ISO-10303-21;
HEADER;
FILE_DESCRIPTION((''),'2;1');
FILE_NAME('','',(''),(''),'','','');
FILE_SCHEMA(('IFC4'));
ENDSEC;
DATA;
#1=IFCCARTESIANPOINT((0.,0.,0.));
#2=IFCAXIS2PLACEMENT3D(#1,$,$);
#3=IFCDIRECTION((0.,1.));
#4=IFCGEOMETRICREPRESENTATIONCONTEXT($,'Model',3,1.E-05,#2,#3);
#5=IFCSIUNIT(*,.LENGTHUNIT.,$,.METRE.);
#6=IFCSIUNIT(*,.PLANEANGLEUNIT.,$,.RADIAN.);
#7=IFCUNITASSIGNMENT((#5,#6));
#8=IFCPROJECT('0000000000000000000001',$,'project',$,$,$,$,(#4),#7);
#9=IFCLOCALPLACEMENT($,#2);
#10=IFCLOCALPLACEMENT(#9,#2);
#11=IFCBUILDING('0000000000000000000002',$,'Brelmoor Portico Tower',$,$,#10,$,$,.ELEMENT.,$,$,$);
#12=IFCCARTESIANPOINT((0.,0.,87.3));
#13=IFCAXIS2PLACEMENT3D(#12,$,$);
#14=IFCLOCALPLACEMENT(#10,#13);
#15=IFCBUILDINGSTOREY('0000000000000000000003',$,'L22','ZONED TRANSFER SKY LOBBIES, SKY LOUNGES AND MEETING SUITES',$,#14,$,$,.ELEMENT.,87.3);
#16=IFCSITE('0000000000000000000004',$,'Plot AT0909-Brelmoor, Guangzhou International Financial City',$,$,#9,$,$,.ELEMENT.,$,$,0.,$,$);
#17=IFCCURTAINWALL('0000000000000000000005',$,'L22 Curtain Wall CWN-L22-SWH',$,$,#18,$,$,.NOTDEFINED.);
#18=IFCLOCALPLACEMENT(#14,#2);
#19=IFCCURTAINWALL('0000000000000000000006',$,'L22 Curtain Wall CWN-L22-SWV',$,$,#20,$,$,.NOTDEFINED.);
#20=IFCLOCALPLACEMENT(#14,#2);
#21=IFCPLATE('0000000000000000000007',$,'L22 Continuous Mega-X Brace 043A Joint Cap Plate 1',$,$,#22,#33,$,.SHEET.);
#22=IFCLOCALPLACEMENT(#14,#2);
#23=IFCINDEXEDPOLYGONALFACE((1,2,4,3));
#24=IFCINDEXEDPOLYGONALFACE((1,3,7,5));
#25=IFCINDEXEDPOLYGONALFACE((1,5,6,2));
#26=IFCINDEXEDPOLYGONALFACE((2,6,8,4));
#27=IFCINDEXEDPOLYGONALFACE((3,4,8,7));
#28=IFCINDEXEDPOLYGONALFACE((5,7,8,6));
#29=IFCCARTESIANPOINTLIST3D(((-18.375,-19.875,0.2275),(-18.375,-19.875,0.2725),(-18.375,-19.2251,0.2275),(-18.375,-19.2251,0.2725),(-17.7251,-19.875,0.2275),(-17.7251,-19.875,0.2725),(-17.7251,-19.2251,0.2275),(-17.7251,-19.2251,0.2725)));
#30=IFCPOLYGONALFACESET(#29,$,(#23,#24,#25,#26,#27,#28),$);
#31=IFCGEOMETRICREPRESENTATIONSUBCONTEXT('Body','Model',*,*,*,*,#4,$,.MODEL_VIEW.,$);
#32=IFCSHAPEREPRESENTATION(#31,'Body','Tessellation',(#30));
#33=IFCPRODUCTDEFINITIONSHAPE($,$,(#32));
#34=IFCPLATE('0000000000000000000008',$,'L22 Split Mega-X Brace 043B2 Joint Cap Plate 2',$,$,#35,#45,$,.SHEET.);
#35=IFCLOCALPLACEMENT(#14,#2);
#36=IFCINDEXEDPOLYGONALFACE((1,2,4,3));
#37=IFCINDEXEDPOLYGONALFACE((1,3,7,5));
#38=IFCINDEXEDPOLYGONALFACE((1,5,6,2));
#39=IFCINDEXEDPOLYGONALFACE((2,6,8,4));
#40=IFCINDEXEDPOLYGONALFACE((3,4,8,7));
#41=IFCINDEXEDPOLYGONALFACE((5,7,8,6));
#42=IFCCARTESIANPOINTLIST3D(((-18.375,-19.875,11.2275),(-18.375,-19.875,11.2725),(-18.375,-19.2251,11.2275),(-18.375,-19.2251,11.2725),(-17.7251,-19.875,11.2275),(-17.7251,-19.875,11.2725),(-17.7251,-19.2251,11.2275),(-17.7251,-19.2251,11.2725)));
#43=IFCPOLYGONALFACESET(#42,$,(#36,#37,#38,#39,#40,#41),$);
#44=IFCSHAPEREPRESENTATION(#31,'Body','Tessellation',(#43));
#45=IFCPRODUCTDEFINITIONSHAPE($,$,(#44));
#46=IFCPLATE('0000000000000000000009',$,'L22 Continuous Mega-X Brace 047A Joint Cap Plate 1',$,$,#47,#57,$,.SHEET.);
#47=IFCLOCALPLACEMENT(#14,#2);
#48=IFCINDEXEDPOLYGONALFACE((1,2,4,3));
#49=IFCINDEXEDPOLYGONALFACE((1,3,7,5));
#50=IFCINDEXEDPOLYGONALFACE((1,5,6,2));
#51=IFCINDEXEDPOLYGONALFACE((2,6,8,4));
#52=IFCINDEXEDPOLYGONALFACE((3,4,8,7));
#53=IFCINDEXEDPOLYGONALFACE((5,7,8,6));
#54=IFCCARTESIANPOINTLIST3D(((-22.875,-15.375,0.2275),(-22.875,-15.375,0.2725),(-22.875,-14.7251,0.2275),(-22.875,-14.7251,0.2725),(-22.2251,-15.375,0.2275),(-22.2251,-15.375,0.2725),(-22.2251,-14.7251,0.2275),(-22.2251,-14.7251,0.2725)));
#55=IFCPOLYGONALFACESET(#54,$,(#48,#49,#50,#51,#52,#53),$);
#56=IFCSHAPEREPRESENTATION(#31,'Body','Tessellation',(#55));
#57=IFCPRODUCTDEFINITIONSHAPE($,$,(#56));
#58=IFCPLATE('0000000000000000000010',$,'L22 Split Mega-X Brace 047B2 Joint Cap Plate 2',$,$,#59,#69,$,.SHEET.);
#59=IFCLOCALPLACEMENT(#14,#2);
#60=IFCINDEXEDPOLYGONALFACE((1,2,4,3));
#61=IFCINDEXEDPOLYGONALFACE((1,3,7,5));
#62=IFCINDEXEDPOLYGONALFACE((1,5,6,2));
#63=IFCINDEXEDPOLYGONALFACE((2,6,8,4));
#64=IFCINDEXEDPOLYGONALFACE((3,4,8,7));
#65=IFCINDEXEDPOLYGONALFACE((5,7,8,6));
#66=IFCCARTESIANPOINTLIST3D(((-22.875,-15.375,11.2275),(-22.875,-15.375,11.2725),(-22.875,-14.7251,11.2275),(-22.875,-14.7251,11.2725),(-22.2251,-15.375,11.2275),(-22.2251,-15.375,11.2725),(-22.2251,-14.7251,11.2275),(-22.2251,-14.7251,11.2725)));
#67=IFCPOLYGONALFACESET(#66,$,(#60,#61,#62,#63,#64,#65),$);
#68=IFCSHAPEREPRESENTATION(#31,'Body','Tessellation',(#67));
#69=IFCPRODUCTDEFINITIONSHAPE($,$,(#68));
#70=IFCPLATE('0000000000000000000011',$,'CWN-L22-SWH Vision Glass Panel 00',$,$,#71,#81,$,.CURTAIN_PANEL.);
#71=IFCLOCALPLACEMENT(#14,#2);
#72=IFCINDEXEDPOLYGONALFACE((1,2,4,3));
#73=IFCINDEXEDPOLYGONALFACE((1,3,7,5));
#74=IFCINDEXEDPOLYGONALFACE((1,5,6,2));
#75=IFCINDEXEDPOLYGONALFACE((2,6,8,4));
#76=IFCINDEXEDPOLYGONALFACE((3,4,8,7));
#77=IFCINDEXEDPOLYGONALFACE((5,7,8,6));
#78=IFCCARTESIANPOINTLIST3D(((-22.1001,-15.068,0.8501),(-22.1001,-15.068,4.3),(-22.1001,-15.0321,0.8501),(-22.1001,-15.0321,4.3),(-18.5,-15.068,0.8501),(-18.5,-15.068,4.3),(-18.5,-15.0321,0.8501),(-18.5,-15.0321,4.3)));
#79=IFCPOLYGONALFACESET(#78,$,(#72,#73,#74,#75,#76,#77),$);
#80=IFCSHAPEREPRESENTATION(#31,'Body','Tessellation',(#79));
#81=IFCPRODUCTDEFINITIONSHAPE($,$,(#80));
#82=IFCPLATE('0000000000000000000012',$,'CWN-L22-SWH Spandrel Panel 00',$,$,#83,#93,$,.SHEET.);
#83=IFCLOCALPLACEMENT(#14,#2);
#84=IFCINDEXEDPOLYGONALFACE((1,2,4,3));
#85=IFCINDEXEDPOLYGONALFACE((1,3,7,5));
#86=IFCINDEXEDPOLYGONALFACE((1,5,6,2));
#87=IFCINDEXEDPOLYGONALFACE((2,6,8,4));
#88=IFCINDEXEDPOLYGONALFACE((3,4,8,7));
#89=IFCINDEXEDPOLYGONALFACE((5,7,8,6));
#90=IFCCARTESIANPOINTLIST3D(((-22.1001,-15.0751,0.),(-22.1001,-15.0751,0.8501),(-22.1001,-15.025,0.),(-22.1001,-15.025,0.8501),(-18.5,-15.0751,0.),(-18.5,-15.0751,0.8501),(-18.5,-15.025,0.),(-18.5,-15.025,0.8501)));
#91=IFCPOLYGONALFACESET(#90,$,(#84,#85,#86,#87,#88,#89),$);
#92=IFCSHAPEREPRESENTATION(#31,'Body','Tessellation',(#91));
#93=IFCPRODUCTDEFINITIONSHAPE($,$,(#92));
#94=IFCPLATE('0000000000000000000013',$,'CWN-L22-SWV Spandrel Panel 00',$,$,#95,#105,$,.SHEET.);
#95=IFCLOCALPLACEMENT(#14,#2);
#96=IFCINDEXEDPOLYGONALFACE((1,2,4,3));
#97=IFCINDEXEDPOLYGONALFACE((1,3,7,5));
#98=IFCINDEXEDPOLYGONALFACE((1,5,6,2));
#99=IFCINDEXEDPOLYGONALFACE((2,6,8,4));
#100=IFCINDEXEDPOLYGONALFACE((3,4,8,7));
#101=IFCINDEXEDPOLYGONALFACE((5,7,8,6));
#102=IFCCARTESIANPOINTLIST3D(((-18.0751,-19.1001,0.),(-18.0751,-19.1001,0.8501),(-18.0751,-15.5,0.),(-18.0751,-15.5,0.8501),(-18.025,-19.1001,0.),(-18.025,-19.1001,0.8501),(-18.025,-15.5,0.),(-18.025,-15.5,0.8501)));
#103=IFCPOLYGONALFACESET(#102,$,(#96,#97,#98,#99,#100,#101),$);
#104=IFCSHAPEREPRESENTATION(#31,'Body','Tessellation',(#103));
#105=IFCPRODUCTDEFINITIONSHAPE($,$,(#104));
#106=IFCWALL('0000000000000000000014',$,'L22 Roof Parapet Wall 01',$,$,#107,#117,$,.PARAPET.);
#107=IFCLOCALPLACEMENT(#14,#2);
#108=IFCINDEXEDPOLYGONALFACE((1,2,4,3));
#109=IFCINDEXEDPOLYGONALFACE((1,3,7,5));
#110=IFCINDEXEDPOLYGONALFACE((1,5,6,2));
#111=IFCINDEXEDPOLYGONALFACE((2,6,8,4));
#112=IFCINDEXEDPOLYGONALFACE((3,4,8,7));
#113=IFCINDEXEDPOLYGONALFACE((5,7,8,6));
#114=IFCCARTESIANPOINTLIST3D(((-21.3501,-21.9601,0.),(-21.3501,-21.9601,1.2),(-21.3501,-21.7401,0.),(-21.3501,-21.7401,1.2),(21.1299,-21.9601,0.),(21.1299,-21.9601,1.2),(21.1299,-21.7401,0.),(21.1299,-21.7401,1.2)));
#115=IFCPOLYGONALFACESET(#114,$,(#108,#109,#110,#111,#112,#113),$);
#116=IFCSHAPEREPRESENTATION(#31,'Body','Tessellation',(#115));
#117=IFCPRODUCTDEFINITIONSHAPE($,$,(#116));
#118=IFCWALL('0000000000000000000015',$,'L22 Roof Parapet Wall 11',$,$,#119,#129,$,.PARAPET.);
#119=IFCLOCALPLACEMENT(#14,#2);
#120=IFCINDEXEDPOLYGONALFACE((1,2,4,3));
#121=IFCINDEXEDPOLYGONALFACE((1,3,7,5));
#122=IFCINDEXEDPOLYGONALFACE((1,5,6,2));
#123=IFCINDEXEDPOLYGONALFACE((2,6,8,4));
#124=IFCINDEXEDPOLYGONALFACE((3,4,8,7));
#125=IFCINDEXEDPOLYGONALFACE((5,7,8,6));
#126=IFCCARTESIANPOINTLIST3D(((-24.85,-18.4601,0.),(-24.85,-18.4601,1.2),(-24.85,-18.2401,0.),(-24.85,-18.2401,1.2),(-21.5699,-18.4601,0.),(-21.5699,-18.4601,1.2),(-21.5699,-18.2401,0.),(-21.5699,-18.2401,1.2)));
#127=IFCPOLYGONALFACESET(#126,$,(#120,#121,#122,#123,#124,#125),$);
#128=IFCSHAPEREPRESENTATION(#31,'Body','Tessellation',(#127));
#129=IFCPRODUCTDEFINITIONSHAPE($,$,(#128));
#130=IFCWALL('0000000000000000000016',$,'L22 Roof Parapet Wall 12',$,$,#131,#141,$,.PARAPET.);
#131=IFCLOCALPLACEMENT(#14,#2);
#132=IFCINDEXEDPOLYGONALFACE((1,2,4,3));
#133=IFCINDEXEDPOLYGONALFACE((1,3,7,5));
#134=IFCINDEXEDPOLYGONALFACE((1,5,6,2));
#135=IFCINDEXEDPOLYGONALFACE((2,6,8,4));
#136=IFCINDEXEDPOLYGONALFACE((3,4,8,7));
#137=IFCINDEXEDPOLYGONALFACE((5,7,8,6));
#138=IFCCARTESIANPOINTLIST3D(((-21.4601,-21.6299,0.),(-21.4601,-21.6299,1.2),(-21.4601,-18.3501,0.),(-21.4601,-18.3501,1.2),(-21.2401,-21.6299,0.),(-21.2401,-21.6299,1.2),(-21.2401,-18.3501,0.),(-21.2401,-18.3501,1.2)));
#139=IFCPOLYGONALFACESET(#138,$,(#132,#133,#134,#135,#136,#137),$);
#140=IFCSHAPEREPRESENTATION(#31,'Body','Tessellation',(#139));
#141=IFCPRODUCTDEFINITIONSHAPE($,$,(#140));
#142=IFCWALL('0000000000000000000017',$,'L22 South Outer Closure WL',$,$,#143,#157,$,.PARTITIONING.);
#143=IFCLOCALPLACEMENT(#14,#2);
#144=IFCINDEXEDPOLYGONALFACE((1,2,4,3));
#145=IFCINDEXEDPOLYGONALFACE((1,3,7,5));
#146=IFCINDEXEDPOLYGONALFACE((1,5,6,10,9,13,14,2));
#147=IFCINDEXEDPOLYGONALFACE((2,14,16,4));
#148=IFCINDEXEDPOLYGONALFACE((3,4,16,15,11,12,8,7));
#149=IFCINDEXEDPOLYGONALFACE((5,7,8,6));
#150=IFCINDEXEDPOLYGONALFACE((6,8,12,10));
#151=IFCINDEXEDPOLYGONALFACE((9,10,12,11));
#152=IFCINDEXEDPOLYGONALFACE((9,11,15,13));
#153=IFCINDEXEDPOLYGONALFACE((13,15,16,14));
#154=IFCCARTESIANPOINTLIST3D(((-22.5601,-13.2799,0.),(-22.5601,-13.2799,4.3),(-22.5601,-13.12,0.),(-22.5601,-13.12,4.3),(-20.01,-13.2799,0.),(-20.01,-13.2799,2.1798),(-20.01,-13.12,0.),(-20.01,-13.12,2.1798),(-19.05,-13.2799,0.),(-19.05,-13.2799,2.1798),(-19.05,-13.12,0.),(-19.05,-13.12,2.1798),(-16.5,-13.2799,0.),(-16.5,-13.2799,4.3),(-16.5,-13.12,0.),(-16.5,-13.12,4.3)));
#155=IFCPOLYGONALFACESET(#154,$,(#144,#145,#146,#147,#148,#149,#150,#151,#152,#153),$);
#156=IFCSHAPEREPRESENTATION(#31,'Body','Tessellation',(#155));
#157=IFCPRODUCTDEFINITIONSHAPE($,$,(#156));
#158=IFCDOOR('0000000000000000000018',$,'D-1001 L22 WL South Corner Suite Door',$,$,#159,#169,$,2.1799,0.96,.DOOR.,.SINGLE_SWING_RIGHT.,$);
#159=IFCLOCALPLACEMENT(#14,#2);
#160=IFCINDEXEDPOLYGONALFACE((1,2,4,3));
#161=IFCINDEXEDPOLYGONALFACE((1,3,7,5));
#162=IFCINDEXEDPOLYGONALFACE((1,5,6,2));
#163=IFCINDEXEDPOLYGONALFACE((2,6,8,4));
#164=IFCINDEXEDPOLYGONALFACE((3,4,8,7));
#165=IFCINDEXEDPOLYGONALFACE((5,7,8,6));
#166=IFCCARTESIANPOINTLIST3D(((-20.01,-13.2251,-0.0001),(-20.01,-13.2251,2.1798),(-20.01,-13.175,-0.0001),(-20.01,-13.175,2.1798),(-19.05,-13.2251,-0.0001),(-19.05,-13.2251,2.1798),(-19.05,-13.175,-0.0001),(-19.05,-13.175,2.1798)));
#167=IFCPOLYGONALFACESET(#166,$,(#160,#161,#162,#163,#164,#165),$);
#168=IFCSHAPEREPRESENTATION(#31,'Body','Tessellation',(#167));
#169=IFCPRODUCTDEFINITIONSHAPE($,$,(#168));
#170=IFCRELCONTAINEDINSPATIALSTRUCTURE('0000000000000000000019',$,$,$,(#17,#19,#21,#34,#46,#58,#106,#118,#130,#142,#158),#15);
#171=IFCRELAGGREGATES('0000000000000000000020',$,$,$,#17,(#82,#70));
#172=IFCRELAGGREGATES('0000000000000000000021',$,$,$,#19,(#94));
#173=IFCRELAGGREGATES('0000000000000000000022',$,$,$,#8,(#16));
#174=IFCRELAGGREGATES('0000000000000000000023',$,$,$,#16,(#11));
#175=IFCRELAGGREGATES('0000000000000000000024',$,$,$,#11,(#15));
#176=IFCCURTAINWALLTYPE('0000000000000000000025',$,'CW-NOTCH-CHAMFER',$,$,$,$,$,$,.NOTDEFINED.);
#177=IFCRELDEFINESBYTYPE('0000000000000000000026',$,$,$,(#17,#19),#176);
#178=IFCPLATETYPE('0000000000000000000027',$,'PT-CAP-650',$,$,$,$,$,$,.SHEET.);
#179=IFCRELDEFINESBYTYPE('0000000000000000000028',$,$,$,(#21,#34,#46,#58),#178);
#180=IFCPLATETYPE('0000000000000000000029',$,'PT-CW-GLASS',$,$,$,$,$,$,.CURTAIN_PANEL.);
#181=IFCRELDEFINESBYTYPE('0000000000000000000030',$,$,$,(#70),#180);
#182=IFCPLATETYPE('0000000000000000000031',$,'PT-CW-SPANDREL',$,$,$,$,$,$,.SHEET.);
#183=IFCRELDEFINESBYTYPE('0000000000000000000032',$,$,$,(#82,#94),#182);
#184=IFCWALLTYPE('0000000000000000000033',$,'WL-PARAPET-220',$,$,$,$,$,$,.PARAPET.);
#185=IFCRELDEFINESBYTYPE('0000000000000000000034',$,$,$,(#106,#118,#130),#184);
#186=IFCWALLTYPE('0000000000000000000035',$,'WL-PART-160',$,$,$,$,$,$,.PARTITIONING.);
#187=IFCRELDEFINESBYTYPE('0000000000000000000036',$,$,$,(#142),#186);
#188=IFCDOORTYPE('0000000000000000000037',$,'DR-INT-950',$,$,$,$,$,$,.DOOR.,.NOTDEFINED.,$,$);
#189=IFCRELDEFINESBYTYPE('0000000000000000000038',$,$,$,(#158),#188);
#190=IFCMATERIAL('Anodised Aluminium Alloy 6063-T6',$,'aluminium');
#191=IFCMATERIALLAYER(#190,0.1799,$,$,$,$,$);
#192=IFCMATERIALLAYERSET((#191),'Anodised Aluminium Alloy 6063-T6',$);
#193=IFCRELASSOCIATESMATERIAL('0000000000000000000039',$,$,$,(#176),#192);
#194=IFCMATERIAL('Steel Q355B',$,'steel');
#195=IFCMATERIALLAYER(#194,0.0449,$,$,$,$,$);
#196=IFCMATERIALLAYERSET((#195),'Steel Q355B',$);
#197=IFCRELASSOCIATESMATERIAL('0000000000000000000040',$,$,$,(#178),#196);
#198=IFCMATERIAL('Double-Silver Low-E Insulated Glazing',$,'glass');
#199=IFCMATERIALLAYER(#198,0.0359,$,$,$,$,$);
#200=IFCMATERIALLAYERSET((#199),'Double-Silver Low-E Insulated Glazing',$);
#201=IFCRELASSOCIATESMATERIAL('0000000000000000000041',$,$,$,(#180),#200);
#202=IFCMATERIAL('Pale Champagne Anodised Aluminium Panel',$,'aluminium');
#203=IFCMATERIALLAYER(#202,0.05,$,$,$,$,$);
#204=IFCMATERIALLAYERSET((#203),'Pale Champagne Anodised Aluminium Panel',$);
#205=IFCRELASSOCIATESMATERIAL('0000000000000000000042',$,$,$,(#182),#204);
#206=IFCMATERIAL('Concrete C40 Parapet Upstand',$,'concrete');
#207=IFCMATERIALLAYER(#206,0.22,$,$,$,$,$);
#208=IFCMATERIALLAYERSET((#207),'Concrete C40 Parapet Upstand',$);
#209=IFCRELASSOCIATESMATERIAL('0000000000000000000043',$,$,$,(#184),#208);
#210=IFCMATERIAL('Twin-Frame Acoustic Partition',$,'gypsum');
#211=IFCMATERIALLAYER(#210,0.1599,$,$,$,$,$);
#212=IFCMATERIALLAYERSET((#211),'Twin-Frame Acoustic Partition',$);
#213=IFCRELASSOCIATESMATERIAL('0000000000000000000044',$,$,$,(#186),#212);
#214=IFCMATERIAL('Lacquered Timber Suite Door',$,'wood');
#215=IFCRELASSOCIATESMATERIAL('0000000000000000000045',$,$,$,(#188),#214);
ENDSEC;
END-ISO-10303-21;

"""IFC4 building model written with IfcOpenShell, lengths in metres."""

from ifc_helpers import new_model, si_unit, direction, frame, frame_2d, origin, origin_2d, place, context, subcontext, project, spatial, rectangle, extrude, material, layer, layer_set, type_object, element, fill, aggregate, save


model = new_model("IFC4")

# Units and contexts
model_context = context("Model", 3, precision=1e-05, world=origin(), true_north=direction((0.0, 1.0)))
body_context = subcontext(model_context, "Body", "Model", "MODEL_VIEW")
ifc_project = project(units=[si_unit("LENGTHUNIT", "METRE"), si_unit("PLANEANGLEUNIT", "RADIAN")], contexts=[model_context])

# Site, building, storey
site_placement = place(None, origin())
site = spatial("IfcSite", under=ifc_project, at=site_placement, Name="Plot AT0909-Brelmoor, Guangzhou International Financial City", CompositionType="ELEMENT", RefElevation=0.0)
building_placement = place(site_placement, origin())
building = spatial("IfcBuilding", under=site, at=building_placement, Name="Brelmoor Portico Tower", CompositionType="ELEMENT")
storey_placement = place(building_placement, frame((0.0, 0.0, 87.3)))
storey = spatial("IfcBuildingStorey", under=building, at=storey_placement, Name="L22", Description="ZONED TRANSFER SKY LOBBIES, SKY LOUNGES AND MEETING SUITES", CompositionType="ELEMENT", Elevation=87.3)

# Shared definitions
ifc_material_1 = material(Name="Steel Q355B", Category="steel")

# Curtain wall
ifc_material_2 = material(Name="Anodised Aluminium Alloy 6063-T6", Category="aluminium")
ifc_layer_1 = layer(ifc_material_2, 0.1799)
ifc_layer_set_1 = layer_set([ifc_layer_1], Name="Anodised Aluminium Alloy 6063-T6")
curtain_wall_type_1 = type_object("IfcCurtainWallType", Name="CW-NOTCH-CHAMFER", PredefinedType="NOTDEFINED", material=ifc_layer_set_1)
curtain_wall_1_placement = place(storey_placement, origin())
curtain_wall_1 = element("IfcCurtainWall", 1, at=curtain_wall_1_placement, inside=storey, type_object=curtain_wall_type_1, Name="L22 Curtain Wall CWN-L22-SWH", PredefinedType="NOTDEFINED")

# Curtain wall
curtain_wall_2_placement = place(storey_placement, origin())
curtain_wall_2 = element("IfcCurtainWall", 2, at=curtain_wall_2_placement, inside=storey, type_object=curtain_wall_type_1, Name="L22 Curtain Wall CWN-L22-SWV", PredefinedType="NOTDEFINED")

# Plates
ifc_layer_2 = layer(ifc_material_1, 0.0449)
ifc_layer_set_2 = layer_set([ifc_layer_2], Name="Steel Q355B")
plate_type_1 = type_object("IfcPlateType", Name="PT-CAP-650", PredefinedType="SHEET", material=ifc_layer_set_2)
for number, where, z_axis, x_axis, name in (
    (3, (-18.05, -19.55, 0.2275), (0.0, 0.0, 1.0), (1.0, 0.0, 0.0), "L22 Continuous Mega-X Brace 043A Joint Cap Plate 1"),
    (4, (-18.05, -19.55, 11.2275), (0.0, 0.0, 1.0), (1.0, 0.0, 0.0), "L22 Split Mega-X Brace 043B2 Joint Cap Plate 2"),
    (5, (-22.55, -15.05, 0.2275), (0.0, 0.0, 1.0), (1.0, 0.0, 0.0), "L22 Continuous Mega-X Brace 047A Joint Cap Plate 1"),
    (6, (-22.55, -15.05, 11.2275), (0.0, 0.0, 1.0), (1.0, 0.0, 0.0), "L22 Split Mega-X Brace 047B2 Joint Cap Plate 2"),
):
    element("IfcPlate", number, at=place(storey_placement, frame(where, z_axis=z_axis, x_axis=x_axis)), inside=storey, type_object=plate_type_1, Name=name, PredefinedType="SHEET", context=body_context, shape_type="SweptSolid", body=[
        extrude(rectangle(XDim=0.6499, YDim=0.6499, at=origin_2d()), origin(), (0.0, 0.0, 1.0), 0.0449),
    ])

# Plates
ifc_material_3 = material(Name="Double-Silver Low-E Insulated Glazing", Category="glass")
ifc_layer_3 = layer(ifc_material_3, 0.0359)
ifc_layer_set_3 = layer_set([ifc_layer_3], Name="Double-Silver Low-E Insulated Glazing")
plate_type_2 = type_object("IfcPlateType", Name="PT-CW-GLASS", PredefinedType="CURTAIN_PANEL", material=ifc_layer_set_3)
plate_1_placement = place(storey_placement, frame((-20.3, -15.05, 0.8501), z_axis=(0.0, 0.0, 1.0), x_axis=(1.0, 0.0, 0.0)))
plate_1 = element("IfcPlate", 7, at=plate_1_placement, type_object=plate_type_2, Name="CWN-L22-SWH Vision Glass Panel 00", PredefinedType="CURTAIN_PANEL", context=body_context, shape_type="SweptSolid", body=[
    extrude(rectangle(XDim=3.6001, YDim=0.0359, at=origin_2d()), origin(), (0.0, 0.0, 1.0), 3.45),
])
ifc_material_4 = material(Name="Pale Champagne Anodised Aluminium Panel", Category="aluminium")
ifc_layer_4 = layer(ifc_material_4, 0.05)
ifc_layer_set_4 = layer_set([ifc_layer_4], Name="Pale Champagne Anodised Aluminium Panel")
plate_type_3 = type_object("IfcPlateType", Name="PT-CW-SPANDREL", PredefinedType="SHEET", material=ifc_layer_set_4)
plate_2_placement = place(storey_placement, frame((-20.3, -15.05, 0.0), z_axis=(0.0, 0.0, 1.0), x_axis=(1.0, 0.0, 0.0)))
plate_2 = element("IfcPlate", 8, at=plate_2_placement, type_object=plate_type_3, Name="CWN-L22-SWH Spandrel Panel 00", PredefinedType="SHEET", context=body_context, shape_type="SweptSolid", body=[
    extrude(rectangle(XDim=3.6001, YDim=0.05, at=origin_2d()), origin(), (0.0, 0.0, 1.0), 0.8501),
])
aggregate(curtain_wall_1, [plate_2, plate_1])
plate_3_placement = place(storey_placement, frame((-18.05, -17.3, 0.0), z_axis=(0.0, 0.0, 1.0), x_axis=(0.0, 1.0, 0.0)))
plate_3 = element("IfcPlate", 9, at=plate_3_placement, type_object=plate_type_3, Name="CWN-L22-SWV Spandrel Panel 00", PredefinedType="SHEET", context=body_context, shape_type="SweptSolid", body=[
    extrude(rectangle(XDim=3.6001, YDim=0.05, at=origin_2d()), origin(), (0.0, 0.0, 1.0), 0.8501),
])
aggregate(curtain_wall_2, [plate_3])

# Walls
ifc_material_5 = material(Name="Concrete C40 Parapet Upstand", Category="concrete")
ifc_layer_5 = layer(ifc_material_5, 0.22)
ifc_layer_set_5 = layer_set([ifc_layer_5], Name="Concrete C40 Parapet Upstand")
wall_type_1 = type_object("IfcWallType", Name="WL-PARAPET-220", PredefinedType="PARAPET", material=ifc_layer_set_5)
wall_1_placement = place(storey_placement, frame((-21.3501, -21.8501, 0.0), z_axis=(0.0, 0.0, 1.0), x_axis=(1.0, 0.0, 0.0)))
element("IfcWall", 10, at=wall_1_placement, inside=storey, type_object=wall_type_1, Name="L22 Roof Parapet Wall 01", PredefinedType="PARAPET", context=body_context, shape_type="SweptSolid", body=[
    extrude(rectangle(XDim=42.48, YDim=0.22, at=frame_2d((21.24, 0.0))), origin(), (0.0, 0.0, 1.0), 1.2),
])
wall_2_placement = place(storey_placement, frame((-24.8501, -18.3501, 0.0), z_axis=(0.0, 0.0, 1.0), x_axis=(1.0, 0.0, 0.0)))
element("IfcWall", 11, at=wall_2_placement, inside=storey, type_object=wall_type_1, Name="L22 Roof Parapet Wall 11", PredefinedType="PARAPET", context=body_context, shape_type="SweptSolid", body=[
    extrude(rectangle(XDim=3.28, YDim=0.22, at=frame_2d((1.6401, 0.0))), origin(), (0.0, 0.0, 1.0), 1.2),
])
wall_3_placement = place(storey_placement, frame((-21.3501, -18.3501, 0.0), z_axis=(0.0, 0.0, 1.0), x_axis=(0.0, -1.0, 0.0)))
element("IfcWall", 12, at=wall_3_placement, inside=storey, type_object=wall_type_1, Name="L22 Roof Parapet Wall 12", PredefinedType="PARAPET", context=body_context, shape_type="SweptSolid", body=[
    extrude(rectangle(XDim=3.2798, YDim=0.22, at=frame_2d((1.6399, 0.0))), origin(), (0.0, 0.0, 1.0), 1.2),
])

# Wall, opening, door
ifc_material_6 = material(Name="Twin-Frame Acoustic Partition", Category="gypsum")
ifc_layer_6 = layer(ifc_material_6, 0.1599)
ifc_layer_set_6 = layer_set([ifc_layer_6], Name="Twin-Frame Acoustic Partition")
wall_type_2 = type_object("IfcWallType", Name="WL-PART-160", PredefinedType="PARTITIONING", material=ifc_layer_set_6)
wall_4_placement = place(storey_placement, frame((-22.5601, -13.2, 0.0), z_axis=(0.0, 0.0, 1.0), x_axis=(1.0, 0.0, 0.0)))
wall_4 = element("IfcWall", 13, at=wall_4_placement, inside=storey, type_object=wall_type_2, Name="L22 South Outer Closure WL", PredefinedType="PARTITIONING", context=body_context, shape_type="SweptSolid", body=[
    extrude(rectangle(XDim=6.0601, YDim=0.1599, at=frame_2d((3.03, 0.0))), origin(), (0.0, 0.0, 1.0), 4.3),
])
opening_placement = place(wall_4_placement, frame((2.55, 0.0, 0.0)))
opening = element("IfcOpeningElement", 14, at=opening_placement, cuts=wall_4, PredefinedType="OPENING", context=body_context, shape_type="SweptSolid", body=[
    extrude(rectangle(XDim=0.96, YDim=2.1799, at=frame_2d((0.48, 1.0898))), frame((0.0, 0.0898, 0.0), z_axis=(0.0, -1.0, 0.0), x_axis=(1.0, 0.0, 0.0)), (0.0, 0.0, 1.0), 0.1799),
])
ifc_material_7 = material(Name="Lacquered Timber Suite Door", Category="wood")
door_type = type_object("IfcDoorType", Name="DR-INT-950", OperationType="NOTDEFINED", PredefinedType="DOOR", material=ifc_material_7)
door_placement = place(opening_placement, origin())
door = element("IfcDoor", 15, at=door_placement, inside=storey, type_object=door_type, Name="D-1001 L22 WL South Corner Suite Door", OperationType="SINGLE_SWING_RIGHT", OverallHeight=2.1799, OverallWidth=0.96, PredefinedType="DOOR", context=body_context, shape_type="SweptSolid", body=[
    extrude(rectangle(XDim=0.96, YDim=2.1799, at=frame_2d((0.48, 1.0898))), frame((0.0, 0.0249, 0.0), z_axis=(0.0, -1.0, 0.0), x_axis=(1.0, 0.0, 0.0)), (0.0, 0.0, 1.0), 0.05),
])
fill(opening, door)

save(model, "model.ifc")
